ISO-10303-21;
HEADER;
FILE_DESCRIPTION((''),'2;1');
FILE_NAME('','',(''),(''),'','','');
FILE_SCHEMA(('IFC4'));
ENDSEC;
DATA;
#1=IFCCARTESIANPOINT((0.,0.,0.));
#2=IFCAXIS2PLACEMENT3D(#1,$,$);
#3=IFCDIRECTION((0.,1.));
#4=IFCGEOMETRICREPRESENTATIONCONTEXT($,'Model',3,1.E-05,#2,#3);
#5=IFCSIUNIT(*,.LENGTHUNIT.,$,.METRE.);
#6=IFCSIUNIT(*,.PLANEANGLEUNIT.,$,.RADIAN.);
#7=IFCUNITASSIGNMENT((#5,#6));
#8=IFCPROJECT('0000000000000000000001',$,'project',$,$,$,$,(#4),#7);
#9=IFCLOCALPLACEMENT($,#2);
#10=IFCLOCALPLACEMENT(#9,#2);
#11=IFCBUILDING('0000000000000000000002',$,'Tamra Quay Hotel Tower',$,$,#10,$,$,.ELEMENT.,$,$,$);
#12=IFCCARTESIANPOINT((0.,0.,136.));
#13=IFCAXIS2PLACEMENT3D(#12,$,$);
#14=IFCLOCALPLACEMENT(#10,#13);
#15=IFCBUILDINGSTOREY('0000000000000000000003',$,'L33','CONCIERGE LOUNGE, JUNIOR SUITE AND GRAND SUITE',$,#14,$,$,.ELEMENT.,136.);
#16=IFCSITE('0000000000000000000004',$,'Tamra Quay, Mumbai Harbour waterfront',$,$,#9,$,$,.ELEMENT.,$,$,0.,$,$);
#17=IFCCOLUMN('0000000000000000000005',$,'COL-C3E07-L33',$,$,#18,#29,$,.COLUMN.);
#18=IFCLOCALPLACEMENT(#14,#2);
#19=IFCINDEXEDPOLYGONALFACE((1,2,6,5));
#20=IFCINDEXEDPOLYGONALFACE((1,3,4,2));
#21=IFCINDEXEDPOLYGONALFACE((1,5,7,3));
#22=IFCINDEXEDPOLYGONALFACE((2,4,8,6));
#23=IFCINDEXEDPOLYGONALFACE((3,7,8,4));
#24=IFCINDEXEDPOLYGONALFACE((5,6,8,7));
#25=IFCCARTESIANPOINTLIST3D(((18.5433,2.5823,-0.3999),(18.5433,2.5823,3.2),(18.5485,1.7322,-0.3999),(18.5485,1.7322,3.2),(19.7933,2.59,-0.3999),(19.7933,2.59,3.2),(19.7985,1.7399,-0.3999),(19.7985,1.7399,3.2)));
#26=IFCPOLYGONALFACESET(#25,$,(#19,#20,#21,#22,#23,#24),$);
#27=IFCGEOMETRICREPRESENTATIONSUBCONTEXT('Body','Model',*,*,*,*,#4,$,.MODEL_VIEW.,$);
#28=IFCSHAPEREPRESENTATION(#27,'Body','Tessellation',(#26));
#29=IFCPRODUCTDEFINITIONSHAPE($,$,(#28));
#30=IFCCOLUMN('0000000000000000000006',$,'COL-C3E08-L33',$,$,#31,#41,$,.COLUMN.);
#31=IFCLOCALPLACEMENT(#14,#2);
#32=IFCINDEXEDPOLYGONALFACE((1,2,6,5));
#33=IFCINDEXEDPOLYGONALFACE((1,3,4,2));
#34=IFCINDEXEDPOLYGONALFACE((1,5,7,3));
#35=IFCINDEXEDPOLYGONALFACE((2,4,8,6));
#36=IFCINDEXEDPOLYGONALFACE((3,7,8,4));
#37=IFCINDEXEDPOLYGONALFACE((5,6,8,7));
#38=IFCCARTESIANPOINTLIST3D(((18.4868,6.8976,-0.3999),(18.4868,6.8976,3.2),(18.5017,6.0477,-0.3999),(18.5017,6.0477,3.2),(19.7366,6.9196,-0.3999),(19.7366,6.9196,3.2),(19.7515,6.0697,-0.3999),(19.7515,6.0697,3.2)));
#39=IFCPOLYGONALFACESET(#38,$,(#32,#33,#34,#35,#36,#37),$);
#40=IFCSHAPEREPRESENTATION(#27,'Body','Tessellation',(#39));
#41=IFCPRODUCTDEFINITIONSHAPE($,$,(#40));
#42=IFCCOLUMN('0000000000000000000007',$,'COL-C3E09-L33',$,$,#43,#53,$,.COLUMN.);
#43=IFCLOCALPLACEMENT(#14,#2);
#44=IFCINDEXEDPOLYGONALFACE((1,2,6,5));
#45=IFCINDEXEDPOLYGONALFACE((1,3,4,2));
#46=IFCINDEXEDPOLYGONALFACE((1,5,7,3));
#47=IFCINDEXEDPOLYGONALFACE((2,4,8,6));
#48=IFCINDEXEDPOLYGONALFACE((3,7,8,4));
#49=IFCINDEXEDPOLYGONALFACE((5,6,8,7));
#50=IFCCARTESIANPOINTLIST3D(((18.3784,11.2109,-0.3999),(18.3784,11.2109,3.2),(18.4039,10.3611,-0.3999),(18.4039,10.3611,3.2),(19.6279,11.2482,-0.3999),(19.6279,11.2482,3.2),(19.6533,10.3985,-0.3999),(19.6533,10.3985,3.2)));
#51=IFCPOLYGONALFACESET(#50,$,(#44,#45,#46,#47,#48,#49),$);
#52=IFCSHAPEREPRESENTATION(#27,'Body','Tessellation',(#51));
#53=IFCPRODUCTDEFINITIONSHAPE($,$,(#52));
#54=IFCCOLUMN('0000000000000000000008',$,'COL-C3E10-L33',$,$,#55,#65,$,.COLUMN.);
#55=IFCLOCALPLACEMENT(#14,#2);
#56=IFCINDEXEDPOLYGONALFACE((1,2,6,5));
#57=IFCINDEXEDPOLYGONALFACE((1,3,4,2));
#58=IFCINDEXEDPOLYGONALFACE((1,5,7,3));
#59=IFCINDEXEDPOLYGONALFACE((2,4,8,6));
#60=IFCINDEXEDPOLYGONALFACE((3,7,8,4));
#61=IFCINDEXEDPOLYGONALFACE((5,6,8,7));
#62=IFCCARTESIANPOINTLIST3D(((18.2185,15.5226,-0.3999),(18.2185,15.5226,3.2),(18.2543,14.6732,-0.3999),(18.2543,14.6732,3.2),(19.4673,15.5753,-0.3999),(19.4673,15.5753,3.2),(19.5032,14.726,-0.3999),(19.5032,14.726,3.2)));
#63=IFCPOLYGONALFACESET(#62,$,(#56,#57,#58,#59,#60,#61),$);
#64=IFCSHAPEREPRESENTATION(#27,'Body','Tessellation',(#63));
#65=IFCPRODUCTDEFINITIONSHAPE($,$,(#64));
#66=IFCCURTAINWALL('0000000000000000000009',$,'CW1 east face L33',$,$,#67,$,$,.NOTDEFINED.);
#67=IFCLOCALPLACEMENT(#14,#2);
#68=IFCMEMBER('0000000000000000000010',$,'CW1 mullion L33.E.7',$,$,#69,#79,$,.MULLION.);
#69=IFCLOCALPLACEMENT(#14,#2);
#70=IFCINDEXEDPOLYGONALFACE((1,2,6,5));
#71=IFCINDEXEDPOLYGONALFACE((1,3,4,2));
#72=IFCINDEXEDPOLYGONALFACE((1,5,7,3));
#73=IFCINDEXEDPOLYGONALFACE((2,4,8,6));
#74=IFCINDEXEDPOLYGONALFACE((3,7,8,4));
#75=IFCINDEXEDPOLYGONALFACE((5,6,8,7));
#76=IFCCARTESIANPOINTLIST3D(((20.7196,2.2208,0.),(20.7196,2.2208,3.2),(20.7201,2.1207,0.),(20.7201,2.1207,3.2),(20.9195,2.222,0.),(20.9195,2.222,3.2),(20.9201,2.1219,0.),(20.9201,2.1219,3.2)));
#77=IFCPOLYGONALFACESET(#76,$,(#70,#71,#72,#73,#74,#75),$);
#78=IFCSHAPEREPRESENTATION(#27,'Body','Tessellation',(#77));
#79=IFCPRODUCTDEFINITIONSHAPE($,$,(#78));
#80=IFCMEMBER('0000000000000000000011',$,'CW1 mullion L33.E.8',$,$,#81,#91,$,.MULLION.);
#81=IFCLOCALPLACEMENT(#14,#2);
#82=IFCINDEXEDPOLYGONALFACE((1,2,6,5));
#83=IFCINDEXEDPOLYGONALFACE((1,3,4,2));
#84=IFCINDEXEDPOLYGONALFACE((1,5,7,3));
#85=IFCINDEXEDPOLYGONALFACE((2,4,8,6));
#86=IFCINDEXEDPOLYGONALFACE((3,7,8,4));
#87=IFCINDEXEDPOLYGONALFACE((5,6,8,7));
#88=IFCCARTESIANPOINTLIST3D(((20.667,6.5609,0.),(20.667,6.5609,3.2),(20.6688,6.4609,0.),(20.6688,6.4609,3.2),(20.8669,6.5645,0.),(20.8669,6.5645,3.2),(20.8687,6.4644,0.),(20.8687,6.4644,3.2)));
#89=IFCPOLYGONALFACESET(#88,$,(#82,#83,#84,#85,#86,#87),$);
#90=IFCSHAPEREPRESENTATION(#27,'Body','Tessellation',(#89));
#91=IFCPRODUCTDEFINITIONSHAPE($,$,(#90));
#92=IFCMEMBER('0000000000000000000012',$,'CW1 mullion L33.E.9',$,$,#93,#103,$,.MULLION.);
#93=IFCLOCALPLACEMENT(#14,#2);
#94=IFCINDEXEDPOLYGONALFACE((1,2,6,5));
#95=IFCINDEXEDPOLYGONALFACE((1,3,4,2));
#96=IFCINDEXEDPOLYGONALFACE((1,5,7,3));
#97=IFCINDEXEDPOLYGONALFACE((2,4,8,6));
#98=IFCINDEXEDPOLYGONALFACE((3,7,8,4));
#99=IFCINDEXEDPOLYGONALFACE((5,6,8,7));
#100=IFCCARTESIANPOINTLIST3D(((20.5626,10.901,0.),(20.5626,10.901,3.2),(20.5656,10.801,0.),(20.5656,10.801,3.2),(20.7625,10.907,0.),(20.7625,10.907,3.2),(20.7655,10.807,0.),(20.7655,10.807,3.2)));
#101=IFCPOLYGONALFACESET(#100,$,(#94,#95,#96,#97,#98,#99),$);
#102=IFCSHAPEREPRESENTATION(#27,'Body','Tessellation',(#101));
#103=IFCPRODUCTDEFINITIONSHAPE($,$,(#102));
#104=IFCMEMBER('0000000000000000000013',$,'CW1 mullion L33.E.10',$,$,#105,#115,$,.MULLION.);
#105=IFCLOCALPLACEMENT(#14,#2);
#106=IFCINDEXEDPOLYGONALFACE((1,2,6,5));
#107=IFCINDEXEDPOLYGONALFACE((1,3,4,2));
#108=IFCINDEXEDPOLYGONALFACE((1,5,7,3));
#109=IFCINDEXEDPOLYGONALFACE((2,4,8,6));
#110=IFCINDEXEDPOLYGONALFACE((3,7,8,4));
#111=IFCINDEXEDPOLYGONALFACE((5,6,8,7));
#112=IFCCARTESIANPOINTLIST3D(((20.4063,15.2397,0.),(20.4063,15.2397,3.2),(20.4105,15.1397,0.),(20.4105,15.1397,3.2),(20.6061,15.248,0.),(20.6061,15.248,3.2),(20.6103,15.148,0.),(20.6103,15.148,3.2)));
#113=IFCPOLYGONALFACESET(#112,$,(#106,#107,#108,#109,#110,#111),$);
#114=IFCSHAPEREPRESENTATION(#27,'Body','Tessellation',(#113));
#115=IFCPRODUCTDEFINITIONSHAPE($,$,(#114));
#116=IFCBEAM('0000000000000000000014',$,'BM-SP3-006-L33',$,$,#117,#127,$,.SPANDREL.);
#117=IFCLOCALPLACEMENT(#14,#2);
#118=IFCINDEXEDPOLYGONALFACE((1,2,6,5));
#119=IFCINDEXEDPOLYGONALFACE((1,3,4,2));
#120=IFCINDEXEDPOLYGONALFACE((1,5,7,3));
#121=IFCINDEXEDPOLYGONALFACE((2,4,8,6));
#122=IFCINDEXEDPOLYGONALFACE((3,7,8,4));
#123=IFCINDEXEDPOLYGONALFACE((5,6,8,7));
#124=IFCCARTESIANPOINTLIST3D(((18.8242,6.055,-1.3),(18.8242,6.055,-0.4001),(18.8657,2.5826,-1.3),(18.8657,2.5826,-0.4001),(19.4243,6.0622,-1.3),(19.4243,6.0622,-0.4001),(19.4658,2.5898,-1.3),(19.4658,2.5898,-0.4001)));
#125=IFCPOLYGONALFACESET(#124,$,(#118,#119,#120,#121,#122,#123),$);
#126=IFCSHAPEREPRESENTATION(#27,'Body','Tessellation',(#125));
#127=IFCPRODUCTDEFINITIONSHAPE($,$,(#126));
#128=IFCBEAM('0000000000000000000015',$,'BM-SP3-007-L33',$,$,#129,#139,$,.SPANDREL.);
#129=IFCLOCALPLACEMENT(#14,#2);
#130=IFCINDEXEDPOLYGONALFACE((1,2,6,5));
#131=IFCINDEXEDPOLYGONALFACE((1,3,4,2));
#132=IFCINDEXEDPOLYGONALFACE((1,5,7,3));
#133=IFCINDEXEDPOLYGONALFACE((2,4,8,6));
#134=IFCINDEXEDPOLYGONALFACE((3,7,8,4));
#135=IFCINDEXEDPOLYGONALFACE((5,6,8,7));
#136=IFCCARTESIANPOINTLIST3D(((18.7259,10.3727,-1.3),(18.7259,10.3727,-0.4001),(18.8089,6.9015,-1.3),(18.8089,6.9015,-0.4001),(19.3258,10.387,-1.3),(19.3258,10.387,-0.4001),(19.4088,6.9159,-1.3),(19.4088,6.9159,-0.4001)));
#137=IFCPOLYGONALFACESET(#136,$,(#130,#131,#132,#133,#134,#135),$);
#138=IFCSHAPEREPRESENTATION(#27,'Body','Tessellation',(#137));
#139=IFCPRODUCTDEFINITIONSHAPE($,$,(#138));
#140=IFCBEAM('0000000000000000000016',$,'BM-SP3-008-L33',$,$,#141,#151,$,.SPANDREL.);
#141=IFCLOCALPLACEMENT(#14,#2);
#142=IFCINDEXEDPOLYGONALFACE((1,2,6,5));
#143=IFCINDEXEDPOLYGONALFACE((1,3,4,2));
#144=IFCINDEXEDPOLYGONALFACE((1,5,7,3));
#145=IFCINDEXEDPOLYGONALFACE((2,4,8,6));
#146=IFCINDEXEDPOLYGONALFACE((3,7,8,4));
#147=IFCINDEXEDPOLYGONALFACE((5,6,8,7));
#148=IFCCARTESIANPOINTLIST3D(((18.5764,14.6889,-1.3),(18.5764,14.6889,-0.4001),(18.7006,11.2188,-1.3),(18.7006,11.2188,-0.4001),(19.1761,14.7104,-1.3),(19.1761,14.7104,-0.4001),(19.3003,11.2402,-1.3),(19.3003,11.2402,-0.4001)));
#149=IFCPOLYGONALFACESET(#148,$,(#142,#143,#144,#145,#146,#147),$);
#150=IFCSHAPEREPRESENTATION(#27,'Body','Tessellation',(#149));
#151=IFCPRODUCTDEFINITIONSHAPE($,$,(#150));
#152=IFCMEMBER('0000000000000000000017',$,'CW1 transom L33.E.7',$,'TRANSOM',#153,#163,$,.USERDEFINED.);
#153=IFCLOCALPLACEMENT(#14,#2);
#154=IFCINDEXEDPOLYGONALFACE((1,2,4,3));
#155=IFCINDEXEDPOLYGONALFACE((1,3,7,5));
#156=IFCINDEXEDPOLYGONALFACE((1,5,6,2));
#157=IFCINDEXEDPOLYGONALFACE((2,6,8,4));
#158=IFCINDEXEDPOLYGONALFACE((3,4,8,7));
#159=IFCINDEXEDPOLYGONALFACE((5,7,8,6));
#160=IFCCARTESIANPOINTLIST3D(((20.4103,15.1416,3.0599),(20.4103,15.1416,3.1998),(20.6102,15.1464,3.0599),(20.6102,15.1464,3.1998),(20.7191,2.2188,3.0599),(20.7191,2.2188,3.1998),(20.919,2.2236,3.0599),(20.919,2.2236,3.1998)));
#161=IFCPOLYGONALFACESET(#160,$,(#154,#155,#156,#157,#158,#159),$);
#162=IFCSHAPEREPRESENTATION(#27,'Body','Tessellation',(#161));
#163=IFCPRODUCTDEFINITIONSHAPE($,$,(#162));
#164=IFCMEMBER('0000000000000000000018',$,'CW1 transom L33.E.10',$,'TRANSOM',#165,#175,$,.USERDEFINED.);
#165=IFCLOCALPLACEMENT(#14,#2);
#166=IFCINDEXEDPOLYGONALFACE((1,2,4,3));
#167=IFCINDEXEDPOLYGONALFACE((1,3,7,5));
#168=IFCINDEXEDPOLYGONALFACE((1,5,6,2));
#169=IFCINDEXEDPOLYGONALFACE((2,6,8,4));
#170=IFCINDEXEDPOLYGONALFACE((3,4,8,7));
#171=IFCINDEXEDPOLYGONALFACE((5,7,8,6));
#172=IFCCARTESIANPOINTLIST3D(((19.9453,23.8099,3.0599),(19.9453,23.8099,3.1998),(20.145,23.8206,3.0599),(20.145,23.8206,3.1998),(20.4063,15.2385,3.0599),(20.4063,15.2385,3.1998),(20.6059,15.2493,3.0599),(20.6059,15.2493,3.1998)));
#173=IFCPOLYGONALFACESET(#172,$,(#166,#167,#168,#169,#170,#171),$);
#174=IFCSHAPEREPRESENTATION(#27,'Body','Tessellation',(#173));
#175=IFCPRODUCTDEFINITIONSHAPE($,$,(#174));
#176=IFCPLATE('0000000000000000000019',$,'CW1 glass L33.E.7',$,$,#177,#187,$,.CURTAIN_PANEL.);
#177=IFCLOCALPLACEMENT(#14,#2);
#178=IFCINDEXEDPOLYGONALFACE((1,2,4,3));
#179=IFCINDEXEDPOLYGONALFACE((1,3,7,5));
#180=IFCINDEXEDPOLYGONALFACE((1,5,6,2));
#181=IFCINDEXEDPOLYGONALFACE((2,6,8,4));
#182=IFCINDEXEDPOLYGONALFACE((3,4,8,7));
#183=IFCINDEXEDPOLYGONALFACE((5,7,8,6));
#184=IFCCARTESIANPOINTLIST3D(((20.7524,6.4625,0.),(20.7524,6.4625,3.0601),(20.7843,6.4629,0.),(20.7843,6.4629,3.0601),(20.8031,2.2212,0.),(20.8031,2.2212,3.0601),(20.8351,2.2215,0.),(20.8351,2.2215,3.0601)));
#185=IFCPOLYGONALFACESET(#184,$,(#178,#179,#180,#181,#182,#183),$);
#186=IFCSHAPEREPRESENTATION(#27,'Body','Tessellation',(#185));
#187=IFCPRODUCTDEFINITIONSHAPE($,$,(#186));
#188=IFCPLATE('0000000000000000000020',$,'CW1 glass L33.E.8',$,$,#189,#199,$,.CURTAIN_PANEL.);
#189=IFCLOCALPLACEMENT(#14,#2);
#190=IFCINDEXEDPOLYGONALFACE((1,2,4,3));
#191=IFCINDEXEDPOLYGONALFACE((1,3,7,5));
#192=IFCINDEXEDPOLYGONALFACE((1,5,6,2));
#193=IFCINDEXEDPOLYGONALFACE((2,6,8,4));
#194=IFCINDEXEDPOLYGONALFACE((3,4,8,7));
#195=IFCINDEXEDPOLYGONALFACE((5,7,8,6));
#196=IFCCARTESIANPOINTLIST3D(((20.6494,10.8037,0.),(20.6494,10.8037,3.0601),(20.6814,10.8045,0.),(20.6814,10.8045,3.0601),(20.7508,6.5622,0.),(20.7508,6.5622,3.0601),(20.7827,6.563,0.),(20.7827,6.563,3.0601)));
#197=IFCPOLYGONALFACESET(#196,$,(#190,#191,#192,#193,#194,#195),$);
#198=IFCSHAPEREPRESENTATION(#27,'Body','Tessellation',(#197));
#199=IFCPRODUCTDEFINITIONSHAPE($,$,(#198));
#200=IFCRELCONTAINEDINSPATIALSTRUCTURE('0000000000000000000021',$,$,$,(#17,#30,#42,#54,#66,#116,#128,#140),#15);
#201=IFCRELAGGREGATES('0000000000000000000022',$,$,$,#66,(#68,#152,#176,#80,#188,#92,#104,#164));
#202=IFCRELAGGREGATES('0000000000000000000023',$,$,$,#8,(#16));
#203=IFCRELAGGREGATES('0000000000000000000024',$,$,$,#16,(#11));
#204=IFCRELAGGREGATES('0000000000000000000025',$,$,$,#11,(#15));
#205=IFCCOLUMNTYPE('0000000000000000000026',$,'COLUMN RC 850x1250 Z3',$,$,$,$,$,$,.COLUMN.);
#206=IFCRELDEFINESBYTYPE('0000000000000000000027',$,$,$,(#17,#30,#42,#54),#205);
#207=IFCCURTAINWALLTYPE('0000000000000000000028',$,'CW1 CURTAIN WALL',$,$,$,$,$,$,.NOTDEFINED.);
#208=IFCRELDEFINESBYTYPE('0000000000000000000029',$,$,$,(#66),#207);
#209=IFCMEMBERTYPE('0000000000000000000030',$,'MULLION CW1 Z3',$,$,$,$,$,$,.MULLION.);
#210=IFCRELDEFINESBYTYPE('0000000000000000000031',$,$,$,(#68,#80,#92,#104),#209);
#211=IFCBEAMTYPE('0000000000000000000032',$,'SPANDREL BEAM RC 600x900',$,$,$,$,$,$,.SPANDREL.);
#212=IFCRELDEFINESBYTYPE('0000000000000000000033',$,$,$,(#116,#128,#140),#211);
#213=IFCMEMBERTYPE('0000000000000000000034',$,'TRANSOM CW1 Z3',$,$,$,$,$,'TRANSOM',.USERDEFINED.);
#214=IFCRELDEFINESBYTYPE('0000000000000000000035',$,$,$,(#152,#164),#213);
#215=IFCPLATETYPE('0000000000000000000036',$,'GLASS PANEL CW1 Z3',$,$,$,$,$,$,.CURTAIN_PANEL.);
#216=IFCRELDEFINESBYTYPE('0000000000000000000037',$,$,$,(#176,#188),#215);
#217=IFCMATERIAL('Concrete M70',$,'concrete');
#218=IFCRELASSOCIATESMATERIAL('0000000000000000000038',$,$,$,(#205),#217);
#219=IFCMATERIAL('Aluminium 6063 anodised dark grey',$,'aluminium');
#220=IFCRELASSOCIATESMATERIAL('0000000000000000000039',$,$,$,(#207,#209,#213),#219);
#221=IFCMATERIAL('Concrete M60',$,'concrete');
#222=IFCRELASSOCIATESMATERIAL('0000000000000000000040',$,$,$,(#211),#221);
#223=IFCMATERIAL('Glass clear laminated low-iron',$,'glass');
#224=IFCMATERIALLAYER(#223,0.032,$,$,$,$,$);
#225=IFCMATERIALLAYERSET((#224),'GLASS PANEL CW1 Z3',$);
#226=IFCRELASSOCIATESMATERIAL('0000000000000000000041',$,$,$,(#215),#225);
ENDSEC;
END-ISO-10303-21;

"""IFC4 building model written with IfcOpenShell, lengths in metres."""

from ifc_helpers import new_model, si_unit, direction, frame, origin, origin_2d, place, context, subcontext, project, spatial, rectangle, extrude, material, layer, layer_set, material_profile, profile_set, type_object, element, aggregate, save


model = new_model("IFC4")

# Units and contexts
model_context = context("Model", 3, precision=1e-05, world=origin(), true_north=direction((0.0, 1.0)))
body_context = subcontext(model_context, "Body", "Model", "MODEL_VIEW")
ifc_project = project(units=[si_unit("LENGTHUNIT", "METRE"), si_unit("PLANEANGLEUNIT", "RADIAN")], contexts=[model_context])

# Site, building, storey
site_placement = place(None, origin())
site = spatial("IfcSite", under=ifc_project, at=site_placement, Name="Tamra Quay, Mumbai Harbour waterfront", CompositionType="ELEMENT", RefElevation=0.0)
building_placement = place(site_placement, origin())
building = spatial("IfcBuilding", under=site, at=building_placement, Name="Tamra Quay Hotel Tower", CompositionType="ELEMENT")
storey_placement = place(building_placement, frame((0.0, 0.0, 136.0)))
storey = spatial("IfcBuildingStorey", under=building, at=storey_placement, Name="L33", Description="CONCIERGE LOUNGE, JUNIOR SUITE AND GRAND SUITE", CompositionType="ELEMENT", Elevation=136.0)

# Columns
ifc_material_1 = material(Name="Concrete M70", Category="concrete")
ifc_material_profile_1 = material_profile(ifc_material_1, rectangle(XDim=1.25, YDim=0.8501, at=origin_2d()), Name="COLUMN RC 850x1250 Z3")
ifc_profile_set_1 = profile_set([ifc_material_profile_1], Name="Concrete M70")
column_type = type_object("IfcColumnType", Name="COLUMN RC 850x1250 Z3", PredefinedType="COLUMN", material=ifc_profile_set_1)
for number, where, z_axis, x_axis, name in (
    (1, (19.1709, 2.1611, -0.3999), (0.0, 0.0, 1.0), (0.999981, 0.006159, 0.0), "COL-C3E07-L33"),
    (2, (19.1191, 6.4836, -0.3999), (0.0, 0.0, 1.0), (0.999845, 0.017597, 0.0), "COL-C3E08-L33"),
    (3, (19.0159, 10.8047, -0.3999), (0.0, 0.0, 1.0), (0.999553, 0.029907, 0.0), "COL-C3E09-L33"),
    (4, (18.8608, 15.1243, -0.3999), (0.0, 0.0, 1.0), (0.999109, 0.042202, 0.0), "COL-C3E10-L33"),
):
    element("IfcColumn", number, at=place(storey_placement, frame(where, z_axis=z_axis, x_axis=x_axis)), inside=storey, type_object=column_type, Name=name, PredefinedType="COLUMN", context=body_context, shape_type="SweptSolid", body=[
        extrude(rectangle(XDim=1.25, YDim=0.8501, at=origin_2d()), origin(), (0.0, 0.0, 1.0), 3.5999),
    ])

# Curtain wall, members
ifc_material_2 = material(Name="Aluminium 6063 anodised dark grey", Category="aluminium")
curtain_wall_type = type_object("IfcCurtainWallType", Name="CW1 CURTAIN WALL", PredefinedType="NOTDEFINED", material=ifc_material_2)
curtain_wall_placement = place(storey_placement, origin())
curtain_wall = element("IfcCurtainWall", 5, at=curtain_wall_placement, inside=storey, type_object=curtain_wall_type, Name="CW1 east face L33", PredefinedType="NOTDEFINED")
ifc_material_profile_2 = material_profile(ifc_material_2, rectangle(XDim=0.2, YDim=0.1001, at=origin_2d()), Name="MULLION 100X200")
ifc_profile_set_2 = profile_set([ifc_material_profile_2], Name="Aluminium 6063 anodised dark grey")
member_type_1 = type_object("IfcMemberType", Name="MULLION CW1 Z3", PredefinedType="MULLION", material=ifc_profile_set_2)
member_1_placement = place(storey_placement, frame((20.8198, 2.1714, 0.0), z_axis=(0.0, 0.0, 1.0), x_axis=(0.999982, 0.005979, 0.0)))
member_1 = element("IfcMember", 6, at=member_1_placement, type_object=member_type_1, Name="CW1 mullion L33.E.7", PredefinedType="MULLION", context=body_context, shape_type="SweptSolid", body=[
    extrude(rectangle(XDim=0.2, YDim=0.1001, at=origin_2d()), origin(), (0.0, 0.0, 1.0), 3.2),
])
member_2_placement = place(storey_placement, frame((20.7678, 6.5127, 0.0), z_axis=(0.0, 0.0, 1.0), x_axis=(0.999839, 0.017927, 0.0)))
member_2 = element("IfcMember", 7, at=member_2_placement, type_object=member_type_1, Name="CW1 mullion L33.E.8", PredefinedType="MULLION", context=body_context, shape_type="SweptSolid", body=[
    extrude(rectangle(XDim=0.2, YDim=0.1001, at=origin_2d()), origin(), (0.0, 0.0, 1.0), 3.2),
])
member_3_placement = place(storey_placement, frame((20.6641, 10.854, 0.0), z_axis=(0.0, 0.0, 1.0), x_axis=(0.999554, 0.029871, 0.0)))
member_3 = element("IfcMember", 8, at=member_3_placement, type_object=member_type_1, Name="CW1 mullion L33.E.9", PredefinedType="MULLION", context=body_context, shape_type="SweptSolid", body=[
    extrude(rectangle(XDim=0.2, YDim=0.1001, at=origin_2d()), origin(), (0.0, 0.0, 1.0), 3.2),
])
member_4_placement = place(storey_placement, frame((20.5083, 15.1938, 0.0), z_axis=(0.0, 0.0, 1.0), x_axis=(0.999126, 0.041797, 0.0)))
member_4 = element("IfcMember", 9, at=member_4_placement, type_object=member_type_1, Name="CW1 mullion L33.E.10", PredefinedType="MULLION", context=body_context, shape_type="SweptSolid", body=[
    extrude(rectangle(XDim=0.2, YDim=0.1001, at=origin_2d()), origin(), (0.0, 0.0, 1.0), 3.2),
])

# Beams
ifc_material_3 = material(Name="Concrete M60", Category="concrete")
ifc_material_profile_3 = material_profile(ifc_material_3, rectangle(XDim=0.6001, YDim=0.8999, at=origin_2d()), Name="SPANDREL BEAM RC 600x900")
ifc_profile_set_3 = profile_set([ifc_material_profile_3], Name="Concrete M60")
beam_type = type_object("IfcBeamType", Name="SPANDREL BEAM RC 600x900", PredefinedType="SPANDREL", material=ifc_profile_set_3)
beam_1_placement = place(storey_placement, frame((19.1658, 2.5862, -0.8501), z_axis=(-0.011952, 0.999929, 0.0), x_axis=(-0.999929, -0.011952, 0.0)))
element("IfcBeam", 10, at=beam_1_placement, inside=storey, type_object=beam_type, Name="BM-SP3-006-L33", PredefinedType="SPANDREL", context=body_context, shape_type="SweptSolid", body=[
    extrude(rectangle(XDim=0.6001, YDim=0.8999, at=origin_2d()), origin(), (0.0, 0.0, 1.0), 3.4727),
])
beam_2_placement = place(storey_placement, frame((19.1089, 6.9087, -0.8501), z_axis=(-0.023907, 0.999714, 0.0), x_axis=(-0.999714, -0.023907, 0.0)))
element("IfcBeam", 11, at=beam_2_placement, inside=storey, type_object=beam_type, Name="BM-SP3-007-L33", PredefinedType="SPANDREL", context=body_context, shape_type="SweptSolid", body=[
    extrude(rectangle(XDim=0.6001, YDim=0.8999, at=origin_2d()), origin(), (0.0, 0.0, 1.0), 3.4722),
])
beam_3_placement = place(storey_placement, frame((19.0005, 11.2295, -0.8501), z_axis=(-0.035787, 0.999359, 0.0), x_axis=(-0.999359, -0.035787, 0.0)))
element("IfcBeam", 12, at=beam_3_placement, inside=storey, type_object=beam_type, Name="BM-SP3-008-L33", PredefinedType="SPANDREL", context=body_context, shape_type="SweptSolid", body=[
    extrude(rectangle(XDim=0.6001, YDim=0.8999, at=origin_2d()), origin(), (0.0, 0.0, 1.0), 3.4724),
])

# Members
ifc_material_profile_4 = material_profile(ifc_material_2, rectangle(XDim=0.2, YDim=0.1399, at=origin_2d()), Name="TRANSOM 200X140")
ifc_profile_set_4 = profile_set([ifc_material_profile_4], Name="Aluminium 6063 anodised dark grey")
member_type_2 = type_object("IfcMemberType", Name="TRANSOM CW1 Z3", ElementType="TRANSOM", PredefinedType="USERDEFINED", material=ifc_profile_set_4)
member_5_placement = place(storey_placement, frame((20.8191, 2.2212, 3.1299), z_axis=(-0.023892, 0.999715, 0.0), x_axis=(-0.999715, -0.023892, 0.0)))
member_5 = element("IfcMember", 13, at=member_5_placement, type_object=member_type_2, Name="CW1 transom L33.E.7", ObjectType="TRANSOM", PredefinedType="USERDEFINED", context=body_context, shape_type="SweptSolid", body=[
    extrude(rectangle(XDim=0.2, YDim=0.1399, at=origin_2d()), origin(), (0.0, 0.0, 1.0), 12.9265),
])
member_6_placement = place(storey_placement, frame((20.5061, 15.2439, 3.1299), z_axis=(-0.053699, 0.998557, 0.0), x_axis=(-0.998557, -0.053699, 0.0)))
member_6 = element("IfcMember", 14, at=member_6_placement, type_object=member_type_2, Name="CW1 transom L33.E.10", ObjectType="TRANSOM", PredefinedType="USERDEFINED", context=body_context, shape_type="SweptSolid", body=[
    extrude(rectangle(XDim=0.2, YDim=0.1399, at=origin_2d()), origin(), (0.0, 0.0, 1.0), 8.5837),
])

# Plates
ifc_material_4 = material(Name="Glass clear laminated low-iron", Category="glass")
ifc_layer_1 = layer(ifc_material_4, 0.032)
ifc_layer_set_1 = layer_set([ifc_layer_1], Name="GLASS PANEL CW1 Z3")
plate_type = type_object("IfcPlateType", Name="GLASS PANEL CW1 Z3", PredefinedType="CURTAIN_PANEL", material=ifc_layer_set_1)
plate_1_placement = place(storey_placement, frame((20.7937, 4.342, 0.0), z_axis=(0.0, 0.0, 1.0), x_axis=(-0.011957, 0.999929, 0.0)))
plate_1 = element("IfcPlate", 15, at=plate_1_placement, type_object=plate_type, Name="CW1 glass L33.E.7", PredefinedType="CURTAIN_PANEL", context=body_context, shape_type="SweptSolid", body=[
    extrude(rectangle(XDim=4.2417, YDim=0.032, at=origin_2d()), origin(), (0.0, 0.0, 1.0), 3.0601),
])
plate_2_placement = place(storey_placement, frame((20.7161, 8.6833, 0.0), z_axis=(0.0, 0.0, 1.0), x_axis=(-0.023896, 0.999714, 0.0)))
plate_2 = element("IfcPlate", 16, at=plate_2_placement, type_object=plate_type, Name="CW1 glass L33.E.8", PredefinedType="CURTAIN_PANEL", context=body_context, shape_type="SweptSolid", body=[
    extrude(rectangle(XDim=4.2427, YDim=0.032, at=origin_2d()), origin(), (0.0, 0.0, 1.0), 3.0601),
])
aggregate(curtain_wall, [member_1, member_5, plate_1, member_2, plate_2, member_3, member_4, member_6])

save(model, "model.ifc")
